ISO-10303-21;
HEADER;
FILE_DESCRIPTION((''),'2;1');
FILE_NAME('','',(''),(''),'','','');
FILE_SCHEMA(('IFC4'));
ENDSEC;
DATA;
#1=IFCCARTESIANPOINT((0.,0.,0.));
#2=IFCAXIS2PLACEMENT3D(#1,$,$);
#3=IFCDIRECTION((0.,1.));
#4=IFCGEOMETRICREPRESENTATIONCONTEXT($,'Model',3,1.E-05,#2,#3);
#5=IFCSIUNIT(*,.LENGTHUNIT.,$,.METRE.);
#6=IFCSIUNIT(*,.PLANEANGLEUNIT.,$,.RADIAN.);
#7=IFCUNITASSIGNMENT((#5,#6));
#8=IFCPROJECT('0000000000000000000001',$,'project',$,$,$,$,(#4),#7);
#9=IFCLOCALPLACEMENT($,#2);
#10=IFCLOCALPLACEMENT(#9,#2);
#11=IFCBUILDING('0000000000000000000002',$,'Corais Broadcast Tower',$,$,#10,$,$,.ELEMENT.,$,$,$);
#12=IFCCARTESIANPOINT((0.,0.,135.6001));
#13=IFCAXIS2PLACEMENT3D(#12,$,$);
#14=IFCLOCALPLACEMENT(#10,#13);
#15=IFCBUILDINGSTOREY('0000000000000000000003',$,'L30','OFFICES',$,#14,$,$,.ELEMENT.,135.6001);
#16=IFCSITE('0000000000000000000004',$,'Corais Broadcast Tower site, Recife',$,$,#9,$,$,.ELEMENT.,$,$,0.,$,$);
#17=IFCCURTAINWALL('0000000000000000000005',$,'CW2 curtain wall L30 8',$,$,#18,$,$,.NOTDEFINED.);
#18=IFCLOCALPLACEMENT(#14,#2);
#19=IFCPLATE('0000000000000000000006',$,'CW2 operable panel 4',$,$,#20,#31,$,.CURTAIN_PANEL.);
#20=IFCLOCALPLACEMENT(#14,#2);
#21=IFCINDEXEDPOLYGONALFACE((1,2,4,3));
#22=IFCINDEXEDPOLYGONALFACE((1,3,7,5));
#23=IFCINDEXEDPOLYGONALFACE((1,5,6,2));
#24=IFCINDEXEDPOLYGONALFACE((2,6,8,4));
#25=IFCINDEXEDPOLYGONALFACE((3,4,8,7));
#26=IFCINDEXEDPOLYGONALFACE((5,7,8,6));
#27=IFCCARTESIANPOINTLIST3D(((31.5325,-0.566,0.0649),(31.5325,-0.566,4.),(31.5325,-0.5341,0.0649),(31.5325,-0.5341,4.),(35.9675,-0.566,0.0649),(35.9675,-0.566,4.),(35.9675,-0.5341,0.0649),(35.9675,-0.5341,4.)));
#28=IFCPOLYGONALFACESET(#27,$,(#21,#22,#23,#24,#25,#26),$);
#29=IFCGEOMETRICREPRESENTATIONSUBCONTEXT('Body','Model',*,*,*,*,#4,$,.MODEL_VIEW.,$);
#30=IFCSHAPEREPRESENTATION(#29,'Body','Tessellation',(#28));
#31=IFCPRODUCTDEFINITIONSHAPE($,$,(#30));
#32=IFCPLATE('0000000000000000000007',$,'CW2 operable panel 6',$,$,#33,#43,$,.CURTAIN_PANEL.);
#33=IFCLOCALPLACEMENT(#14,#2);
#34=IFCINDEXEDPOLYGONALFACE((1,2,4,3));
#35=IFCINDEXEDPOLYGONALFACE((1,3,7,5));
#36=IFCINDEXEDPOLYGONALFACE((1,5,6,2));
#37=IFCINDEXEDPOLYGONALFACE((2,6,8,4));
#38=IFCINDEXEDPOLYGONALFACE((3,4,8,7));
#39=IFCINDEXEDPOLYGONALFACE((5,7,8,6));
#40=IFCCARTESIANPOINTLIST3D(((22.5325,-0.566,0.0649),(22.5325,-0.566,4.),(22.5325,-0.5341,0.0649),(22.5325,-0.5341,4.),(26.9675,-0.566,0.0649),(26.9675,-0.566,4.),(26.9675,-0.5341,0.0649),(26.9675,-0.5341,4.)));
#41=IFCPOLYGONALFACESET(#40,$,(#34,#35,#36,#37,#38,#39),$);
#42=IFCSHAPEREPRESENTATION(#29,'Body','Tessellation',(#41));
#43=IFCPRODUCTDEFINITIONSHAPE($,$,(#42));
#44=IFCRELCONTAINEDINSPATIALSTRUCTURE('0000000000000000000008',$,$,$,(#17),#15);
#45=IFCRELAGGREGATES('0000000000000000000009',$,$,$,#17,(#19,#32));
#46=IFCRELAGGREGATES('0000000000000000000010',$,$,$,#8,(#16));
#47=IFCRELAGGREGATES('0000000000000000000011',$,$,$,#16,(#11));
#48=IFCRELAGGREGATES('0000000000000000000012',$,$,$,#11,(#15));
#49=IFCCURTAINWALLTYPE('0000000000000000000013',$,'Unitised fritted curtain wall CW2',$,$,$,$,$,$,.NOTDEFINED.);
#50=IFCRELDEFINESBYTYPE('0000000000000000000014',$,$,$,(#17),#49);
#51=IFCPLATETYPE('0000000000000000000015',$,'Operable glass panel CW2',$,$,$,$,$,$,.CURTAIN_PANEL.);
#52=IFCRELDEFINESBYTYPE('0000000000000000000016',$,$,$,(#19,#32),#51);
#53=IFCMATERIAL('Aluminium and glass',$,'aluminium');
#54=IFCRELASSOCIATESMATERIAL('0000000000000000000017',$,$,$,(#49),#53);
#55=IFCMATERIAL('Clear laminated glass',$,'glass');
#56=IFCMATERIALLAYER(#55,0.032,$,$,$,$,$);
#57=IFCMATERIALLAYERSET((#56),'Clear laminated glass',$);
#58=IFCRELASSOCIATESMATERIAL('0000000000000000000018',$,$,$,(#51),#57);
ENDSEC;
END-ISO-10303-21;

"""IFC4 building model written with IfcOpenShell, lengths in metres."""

from ifc_helpers import new_model, si_unit, direction, frame, origin, origin_2d, place, context, subcontext, project, spatial, rectangle, extrude, material, layer, layer_set, type_object, element, aggregate, save


model = new_model("IFC4")

# Units and contexts
model_context = context("Model", 3, precision=1e-05, world=origin(), true_north=direction((0.0, 1.0)))
body_context = subcontext(model_context, "Body", "Model", "MODEL_VIEW")
ifc_project = project(units=[si_unit("LENGTHUNIT", "METRE"), si_unit("PLANEANGLEUNIT", "RADIAN")], contexts=[model_context])

# Site, building, storey
site_placement = place(None, origin())
site = spatial("IfcSite", under=ifc_project, at=site_placement, Name="Corais Broadcast Tower site, Recife", CompositionType="ELEMENT", RefElevation=0.0)
building_placement = place(site_placement, origin())
building = spatial("IfcBuilding", under=site, at=building_placement, Name="Corais Broadcast Tower", CompositionType="ELEMENT")
storey_placement = place(building_placement, frame((0.0, 0.0, 135.6001)))
storey = spatial("IfcBuildingStorey", under=building, at=storey_placement, Name="L30", Description="OFFICES", CompositionType="ELEMENT", Elevation=135.6001)

# Curtain wall
ifc_material_1 = material(Name="Aluminium and glass", Category="aluminium")
curtain_wall_type = type_object("IfcCurtainWallType", Name="Unitised fritted curtain wall CW2", PredefinedType="NOTDEFINED", material=ifc_material_1)
curtain_wall_placement = place(storey_placement, origin())
curtain_wall = element("IfcCurtainWall", 1, at=curtain_wall_placement, inside=storey, type_object=curtain_wall_type, Name="CW2 curtain wall L30 8", PredefinedType="NOTDEFINED")

# Plates
ifc_material_2 = material(Name="Clear laminated glass", Category="glass")
ifc_layer_1 = layer(ifc_material_2, 0.032)
ifc_layer_set_1 = layer_set([ifc_layer_1], Name="Clear laminated glass")
plate_type_1 = type_object("IfcPlateType", Name="Operable glass panel CW2", PredefinedType="CURTAIN_PANEL", material=ifc_layer_set_1)
plate_1_placement = place(storey_placement, frame((33.75, -0.55, 0.0649), z_axis=(0.0, 0.0, 1.0), x_axis=(-1.0, 0.0, 0.0)))
plate_1 = element("IfcPlate", 2, at=plate_1_placement, type_object=plate_type_1, Name="CW2 operable panel 4", PredefinedType="CURTAIN_PANEL", context=body_context, shape_type="SweptSolid", body=[
    extrude(rectangle(XDim=4.4351, YDim=0.032, at=origin_2d()), origin(), (0.0, 0.0, 1.0), 3.9351),
])
plate_2_placement = place(storey_placement, frame((24.75, -0.55, 0.0649), z_axis=(0.0, 0.0, 1.0), x_axis=(-1.0, 0.0, 0.0)))
plate_2 = element("IfcPlate", 3, at=plate_2_placement, type_object=plate_type_1, Name="CW2 operable panel 6", PredefinedType="CURTAIN_PANEL", context=body_context, shape_type="SweptSolid", body=[
    extrude(rectangle(XDim=4.4351, YDim=0.032, at=origin_2d()), origin(), (0.0, 0.0, 1.0), 3.9351),
])
aggregate(curtain_wall, [plate_1, plate_2])

save(model, "model.ifc")
